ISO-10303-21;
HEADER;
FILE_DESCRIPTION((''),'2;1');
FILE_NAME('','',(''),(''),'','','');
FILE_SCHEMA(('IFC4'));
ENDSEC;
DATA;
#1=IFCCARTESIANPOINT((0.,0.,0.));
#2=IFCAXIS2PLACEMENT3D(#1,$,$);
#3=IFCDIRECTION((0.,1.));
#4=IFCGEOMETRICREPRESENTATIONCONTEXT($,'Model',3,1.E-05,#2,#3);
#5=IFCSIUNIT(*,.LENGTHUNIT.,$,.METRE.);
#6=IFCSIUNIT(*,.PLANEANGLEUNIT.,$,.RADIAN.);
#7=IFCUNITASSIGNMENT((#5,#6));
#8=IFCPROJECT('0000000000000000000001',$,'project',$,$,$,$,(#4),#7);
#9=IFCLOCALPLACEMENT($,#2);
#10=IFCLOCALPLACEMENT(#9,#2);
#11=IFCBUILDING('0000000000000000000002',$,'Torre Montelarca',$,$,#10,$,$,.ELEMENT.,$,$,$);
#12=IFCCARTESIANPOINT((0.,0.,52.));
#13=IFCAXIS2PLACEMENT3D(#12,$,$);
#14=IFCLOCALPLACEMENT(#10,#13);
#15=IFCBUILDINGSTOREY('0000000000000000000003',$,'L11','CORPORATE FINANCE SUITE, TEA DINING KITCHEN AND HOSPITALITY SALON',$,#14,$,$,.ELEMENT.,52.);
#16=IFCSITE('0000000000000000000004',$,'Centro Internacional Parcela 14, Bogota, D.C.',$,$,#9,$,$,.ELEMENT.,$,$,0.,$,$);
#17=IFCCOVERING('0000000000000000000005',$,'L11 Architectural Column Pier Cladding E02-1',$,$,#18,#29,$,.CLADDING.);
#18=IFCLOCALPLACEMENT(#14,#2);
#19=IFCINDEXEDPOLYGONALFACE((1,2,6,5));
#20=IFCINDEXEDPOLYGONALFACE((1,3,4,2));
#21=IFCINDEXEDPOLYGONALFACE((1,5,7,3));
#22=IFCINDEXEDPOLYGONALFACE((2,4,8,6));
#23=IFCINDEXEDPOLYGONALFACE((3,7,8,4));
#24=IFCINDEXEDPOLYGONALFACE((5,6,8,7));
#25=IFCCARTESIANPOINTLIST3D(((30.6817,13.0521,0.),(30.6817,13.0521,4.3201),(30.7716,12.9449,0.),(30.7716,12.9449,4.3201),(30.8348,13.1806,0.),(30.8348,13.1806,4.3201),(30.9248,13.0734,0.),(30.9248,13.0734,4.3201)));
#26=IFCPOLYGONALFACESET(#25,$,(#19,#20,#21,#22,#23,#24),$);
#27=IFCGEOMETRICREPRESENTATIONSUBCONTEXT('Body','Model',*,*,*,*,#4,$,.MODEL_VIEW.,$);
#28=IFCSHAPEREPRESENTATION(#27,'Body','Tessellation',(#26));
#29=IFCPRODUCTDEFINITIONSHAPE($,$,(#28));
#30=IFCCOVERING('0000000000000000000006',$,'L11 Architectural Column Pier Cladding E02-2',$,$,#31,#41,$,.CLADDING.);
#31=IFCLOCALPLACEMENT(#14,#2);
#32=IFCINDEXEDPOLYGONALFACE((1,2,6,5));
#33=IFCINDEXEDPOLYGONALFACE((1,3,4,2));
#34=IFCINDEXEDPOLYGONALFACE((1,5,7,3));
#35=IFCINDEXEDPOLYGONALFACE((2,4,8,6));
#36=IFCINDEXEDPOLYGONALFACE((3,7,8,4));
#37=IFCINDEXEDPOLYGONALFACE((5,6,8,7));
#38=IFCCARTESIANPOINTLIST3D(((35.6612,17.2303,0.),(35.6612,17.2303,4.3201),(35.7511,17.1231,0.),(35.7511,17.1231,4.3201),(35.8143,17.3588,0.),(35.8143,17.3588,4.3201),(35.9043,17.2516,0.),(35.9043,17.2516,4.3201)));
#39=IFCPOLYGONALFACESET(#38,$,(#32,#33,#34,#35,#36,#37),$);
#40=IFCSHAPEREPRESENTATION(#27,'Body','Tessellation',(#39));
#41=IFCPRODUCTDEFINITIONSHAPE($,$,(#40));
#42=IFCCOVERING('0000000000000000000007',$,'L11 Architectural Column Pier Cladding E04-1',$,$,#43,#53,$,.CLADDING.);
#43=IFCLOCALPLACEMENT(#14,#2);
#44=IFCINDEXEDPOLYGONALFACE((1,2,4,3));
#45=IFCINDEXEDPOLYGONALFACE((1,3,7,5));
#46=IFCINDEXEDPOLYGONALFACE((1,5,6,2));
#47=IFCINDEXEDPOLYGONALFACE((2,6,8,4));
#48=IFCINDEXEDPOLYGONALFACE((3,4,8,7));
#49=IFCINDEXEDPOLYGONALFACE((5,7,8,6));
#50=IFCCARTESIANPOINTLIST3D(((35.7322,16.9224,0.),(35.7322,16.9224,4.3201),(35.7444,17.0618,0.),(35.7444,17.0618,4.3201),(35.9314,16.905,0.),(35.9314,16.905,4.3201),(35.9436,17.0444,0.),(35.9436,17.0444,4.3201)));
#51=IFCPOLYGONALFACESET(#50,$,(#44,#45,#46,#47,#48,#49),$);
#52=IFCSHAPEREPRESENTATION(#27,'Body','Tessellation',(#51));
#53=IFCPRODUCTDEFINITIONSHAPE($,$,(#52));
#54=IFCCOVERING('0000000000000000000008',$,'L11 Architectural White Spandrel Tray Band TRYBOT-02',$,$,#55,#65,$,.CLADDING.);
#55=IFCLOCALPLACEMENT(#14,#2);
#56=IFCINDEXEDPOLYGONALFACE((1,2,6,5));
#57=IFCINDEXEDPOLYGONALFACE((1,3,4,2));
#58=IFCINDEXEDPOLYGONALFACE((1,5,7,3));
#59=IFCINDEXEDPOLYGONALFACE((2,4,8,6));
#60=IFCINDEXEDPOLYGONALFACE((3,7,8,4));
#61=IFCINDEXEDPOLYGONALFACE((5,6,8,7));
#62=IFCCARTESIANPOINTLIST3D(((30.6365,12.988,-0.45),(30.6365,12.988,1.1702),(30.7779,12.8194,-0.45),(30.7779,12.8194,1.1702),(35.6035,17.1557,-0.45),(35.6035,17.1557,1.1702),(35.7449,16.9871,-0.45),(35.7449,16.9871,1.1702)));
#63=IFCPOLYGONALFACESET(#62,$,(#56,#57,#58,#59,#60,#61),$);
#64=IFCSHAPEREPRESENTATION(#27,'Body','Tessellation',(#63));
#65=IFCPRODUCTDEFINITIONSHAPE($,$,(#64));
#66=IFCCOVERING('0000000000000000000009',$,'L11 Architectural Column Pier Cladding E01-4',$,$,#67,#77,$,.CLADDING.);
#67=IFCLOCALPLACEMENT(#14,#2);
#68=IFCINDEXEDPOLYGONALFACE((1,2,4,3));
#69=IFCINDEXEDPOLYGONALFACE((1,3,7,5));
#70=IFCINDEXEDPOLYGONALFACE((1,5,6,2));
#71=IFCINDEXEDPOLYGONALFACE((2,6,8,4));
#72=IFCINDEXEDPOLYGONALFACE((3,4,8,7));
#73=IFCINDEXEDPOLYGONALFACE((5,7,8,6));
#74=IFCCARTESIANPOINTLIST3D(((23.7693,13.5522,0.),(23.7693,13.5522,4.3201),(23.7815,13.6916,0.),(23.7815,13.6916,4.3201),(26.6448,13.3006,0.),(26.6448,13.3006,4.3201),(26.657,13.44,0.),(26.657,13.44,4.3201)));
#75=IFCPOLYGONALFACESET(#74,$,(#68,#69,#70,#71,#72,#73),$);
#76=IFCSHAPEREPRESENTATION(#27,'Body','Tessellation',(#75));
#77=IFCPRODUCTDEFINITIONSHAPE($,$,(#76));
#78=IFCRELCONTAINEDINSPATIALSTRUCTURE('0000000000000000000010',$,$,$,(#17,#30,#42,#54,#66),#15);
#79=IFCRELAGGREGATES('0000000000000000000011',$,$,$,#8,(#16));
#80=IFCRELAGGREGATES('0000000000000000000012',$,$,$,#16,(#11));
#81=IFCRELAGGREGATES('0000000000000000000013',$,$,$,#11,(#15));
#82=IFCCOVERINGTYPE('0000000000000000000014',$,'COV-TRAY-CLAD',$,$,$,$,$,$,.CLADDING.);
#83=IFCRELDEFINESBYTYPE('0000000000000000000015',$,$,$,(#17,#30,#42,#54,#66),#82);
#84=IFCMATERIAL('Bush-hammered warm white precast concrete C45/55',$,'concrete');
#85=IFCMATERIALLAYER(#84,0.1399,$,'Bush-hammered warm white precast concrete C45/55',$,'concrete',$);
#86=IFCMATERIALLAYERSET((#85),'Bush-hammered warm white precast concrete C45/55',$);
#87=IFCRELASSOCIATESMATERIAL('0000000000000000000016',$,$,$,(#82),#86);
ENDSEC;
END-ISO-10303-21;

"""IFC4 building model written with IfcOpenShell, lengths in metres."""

from ifc_helpers import new_model, si_unit, direction, frame, origin, origin_2d, place, context, subcontext, project, spatial, rectangle, extrude, source, transform, mapped, material, layer, layer_set, type_object, element, save


model = new_model("IFC4")

# Units and contexts
model_context = context("Model", 3, precision=1e-05, world=origin(), true_north=direction((0.0, 1.0)))
body_context = subcontext(model_context, "Body", "Model", "MODEL_VIEW")
ifc_project = project(units=[si_unit("LENGTHUNIT", "METRE"), si_unit("PLANEANGLEUNIT", "RADIAN")], contexts=[model_context])

# Site, building, storey
site_placement = place(None, origin())
site = spatial("IfcSite", under=ifc_project, at=site_placement, Name="Centro Internacional Parcela 14, Bogota, D.C.", CompositionType="ELEMENT", RefElevation=0.0)
building_placement = place(site_placement, origin())
building = spatial("IfcBuilding", under=site, at=building_placement, Name="Torre Montelarca", CompositionType="ELEMENT")
storey_placement = place(building_placement, frame((0.0, 0.0, 52.0)))
storey = spatial("IfcBuildingStorey", under=building, at=storey_placement, Name="L11", Description="CORPORATE FINANCE SUITE, TEA DINING KITCHEN AND HOSPITALITY SALON", CompositionType="ELEMENT", Elevation=52.0)

# Coverings
ifc_material_1 = material(Name="Bush-hammered warm white precast concrete C45/55", Category="concrete")
ifc_layer_1 = layer(ifc_material_1, 0.1399, Name="Bush-hammered warm white precast concrete C45/55", Category="concrete")
ifc_layer_set_1 = layer_set([ifc_layer_1], Name="Bush-hammered warm white precast concrete C45/55")
covering_type = type_object("IfcCoveringType", Name="COV-TRAY-CLAD", PredefinedType="CLADDING", material=ifc_layer_set_1)
shared_shape_1 = source(origin(), body_context, "Body", "SweptSolid", [
    extrude(rectangle(XDim=0.2, YDim=0.1399, at=origin_2d()), origin(), (0.0, 0.0, 1.0), 4.3201),
])
for number, where, z_axis, x_axis, name in (
    (1, (30.8032, 13.0627, 0.0), (0.0, 0.0, 1.0), (0.766049, 0.642782, 0.0), "L11 Architectural Column Pier Cladding E02-1"),
    (2, (35.7827, 17.241, 0.0), (0.0, 0.0, 1.0), (0.766049, 0.642782, 0.0), "L11 Architectural Column Pier Cladding E02-2"),
    (3, (35.8379, 16.9834, 0.0), (0.0, 0.0, 1.0), (0.996194, -0.087161, 0.0), "L11 Architectural Column Pier Cladding E04-1"),
):
    element("IfcCovering", number, at=place(storey_placement, frame(where, z_axis=z_axis, x_axis=x_axis)), inside=storey, type_object=covering_type, Name=name, PredefinedType="CLADDING", context=body_context, shape_type="MappedRepresentation", body=[
        mapped(shared_shape_1, transform((0.0, 0.0, 0.0), scale=1.0)),
    ])
shared_shape_2 = source(origin(), body_context, "Body", "SweptSolid", [
    extrude(rectangle(XDim=6.4839, YDim=0.22, at=origin_2d()), origin(), (0.0, 0.0, 1.0), 1.6201),
])
covering_1_placement = place(storey_placement, frame((33.1907, 14.9875, -0.45), z_axis=(0.0, 0.0, 1.0), x_axis=(0.766052, 0.642778, 0.0)))
element("IfcCovering", 4, at=covering_1_placement, inside=storey, type_object=covering_type, Name="L11 Architectural White Spandrel Tray Band TRYBOT-02", PredefinedType="CLADDING", context=body_context, shape_type="MappedRepresentation", body=[
    mapped(shared_shape_2, transform((0.0, 0.0, 0.0), scale=1.0)),
])
shared_shape_3 = source(origin(), body_context, "Body", "SweptSolid", [
    extrude(rectangle(XDim=2.8865, YDim=0.1399, at=origin_2d()), origin(), (0.0, 0.0, 1.0), 4.3201),
])
covering_2_placement = place(storey_placement, frame((25.2131, 13.4961, 0.0), z_axis=(0.0, 0.0, 1.0), x_axis=(0.996195, -0.087157, 0.0)))
element("IfcCovering", 5, at=covering_2_placement, inside=storey, type_object=covering_type, Name="L11 Architectural Column Pier Cladding E01-4", PredefinedType="CLADDING", context=body_context, shape_type="MappedRepresentation", body=[
    mapped(shared_shape_3, transform((0.0, 0.0, 0.0), scale=1.0)),
])

save(model, "model.ifc")
